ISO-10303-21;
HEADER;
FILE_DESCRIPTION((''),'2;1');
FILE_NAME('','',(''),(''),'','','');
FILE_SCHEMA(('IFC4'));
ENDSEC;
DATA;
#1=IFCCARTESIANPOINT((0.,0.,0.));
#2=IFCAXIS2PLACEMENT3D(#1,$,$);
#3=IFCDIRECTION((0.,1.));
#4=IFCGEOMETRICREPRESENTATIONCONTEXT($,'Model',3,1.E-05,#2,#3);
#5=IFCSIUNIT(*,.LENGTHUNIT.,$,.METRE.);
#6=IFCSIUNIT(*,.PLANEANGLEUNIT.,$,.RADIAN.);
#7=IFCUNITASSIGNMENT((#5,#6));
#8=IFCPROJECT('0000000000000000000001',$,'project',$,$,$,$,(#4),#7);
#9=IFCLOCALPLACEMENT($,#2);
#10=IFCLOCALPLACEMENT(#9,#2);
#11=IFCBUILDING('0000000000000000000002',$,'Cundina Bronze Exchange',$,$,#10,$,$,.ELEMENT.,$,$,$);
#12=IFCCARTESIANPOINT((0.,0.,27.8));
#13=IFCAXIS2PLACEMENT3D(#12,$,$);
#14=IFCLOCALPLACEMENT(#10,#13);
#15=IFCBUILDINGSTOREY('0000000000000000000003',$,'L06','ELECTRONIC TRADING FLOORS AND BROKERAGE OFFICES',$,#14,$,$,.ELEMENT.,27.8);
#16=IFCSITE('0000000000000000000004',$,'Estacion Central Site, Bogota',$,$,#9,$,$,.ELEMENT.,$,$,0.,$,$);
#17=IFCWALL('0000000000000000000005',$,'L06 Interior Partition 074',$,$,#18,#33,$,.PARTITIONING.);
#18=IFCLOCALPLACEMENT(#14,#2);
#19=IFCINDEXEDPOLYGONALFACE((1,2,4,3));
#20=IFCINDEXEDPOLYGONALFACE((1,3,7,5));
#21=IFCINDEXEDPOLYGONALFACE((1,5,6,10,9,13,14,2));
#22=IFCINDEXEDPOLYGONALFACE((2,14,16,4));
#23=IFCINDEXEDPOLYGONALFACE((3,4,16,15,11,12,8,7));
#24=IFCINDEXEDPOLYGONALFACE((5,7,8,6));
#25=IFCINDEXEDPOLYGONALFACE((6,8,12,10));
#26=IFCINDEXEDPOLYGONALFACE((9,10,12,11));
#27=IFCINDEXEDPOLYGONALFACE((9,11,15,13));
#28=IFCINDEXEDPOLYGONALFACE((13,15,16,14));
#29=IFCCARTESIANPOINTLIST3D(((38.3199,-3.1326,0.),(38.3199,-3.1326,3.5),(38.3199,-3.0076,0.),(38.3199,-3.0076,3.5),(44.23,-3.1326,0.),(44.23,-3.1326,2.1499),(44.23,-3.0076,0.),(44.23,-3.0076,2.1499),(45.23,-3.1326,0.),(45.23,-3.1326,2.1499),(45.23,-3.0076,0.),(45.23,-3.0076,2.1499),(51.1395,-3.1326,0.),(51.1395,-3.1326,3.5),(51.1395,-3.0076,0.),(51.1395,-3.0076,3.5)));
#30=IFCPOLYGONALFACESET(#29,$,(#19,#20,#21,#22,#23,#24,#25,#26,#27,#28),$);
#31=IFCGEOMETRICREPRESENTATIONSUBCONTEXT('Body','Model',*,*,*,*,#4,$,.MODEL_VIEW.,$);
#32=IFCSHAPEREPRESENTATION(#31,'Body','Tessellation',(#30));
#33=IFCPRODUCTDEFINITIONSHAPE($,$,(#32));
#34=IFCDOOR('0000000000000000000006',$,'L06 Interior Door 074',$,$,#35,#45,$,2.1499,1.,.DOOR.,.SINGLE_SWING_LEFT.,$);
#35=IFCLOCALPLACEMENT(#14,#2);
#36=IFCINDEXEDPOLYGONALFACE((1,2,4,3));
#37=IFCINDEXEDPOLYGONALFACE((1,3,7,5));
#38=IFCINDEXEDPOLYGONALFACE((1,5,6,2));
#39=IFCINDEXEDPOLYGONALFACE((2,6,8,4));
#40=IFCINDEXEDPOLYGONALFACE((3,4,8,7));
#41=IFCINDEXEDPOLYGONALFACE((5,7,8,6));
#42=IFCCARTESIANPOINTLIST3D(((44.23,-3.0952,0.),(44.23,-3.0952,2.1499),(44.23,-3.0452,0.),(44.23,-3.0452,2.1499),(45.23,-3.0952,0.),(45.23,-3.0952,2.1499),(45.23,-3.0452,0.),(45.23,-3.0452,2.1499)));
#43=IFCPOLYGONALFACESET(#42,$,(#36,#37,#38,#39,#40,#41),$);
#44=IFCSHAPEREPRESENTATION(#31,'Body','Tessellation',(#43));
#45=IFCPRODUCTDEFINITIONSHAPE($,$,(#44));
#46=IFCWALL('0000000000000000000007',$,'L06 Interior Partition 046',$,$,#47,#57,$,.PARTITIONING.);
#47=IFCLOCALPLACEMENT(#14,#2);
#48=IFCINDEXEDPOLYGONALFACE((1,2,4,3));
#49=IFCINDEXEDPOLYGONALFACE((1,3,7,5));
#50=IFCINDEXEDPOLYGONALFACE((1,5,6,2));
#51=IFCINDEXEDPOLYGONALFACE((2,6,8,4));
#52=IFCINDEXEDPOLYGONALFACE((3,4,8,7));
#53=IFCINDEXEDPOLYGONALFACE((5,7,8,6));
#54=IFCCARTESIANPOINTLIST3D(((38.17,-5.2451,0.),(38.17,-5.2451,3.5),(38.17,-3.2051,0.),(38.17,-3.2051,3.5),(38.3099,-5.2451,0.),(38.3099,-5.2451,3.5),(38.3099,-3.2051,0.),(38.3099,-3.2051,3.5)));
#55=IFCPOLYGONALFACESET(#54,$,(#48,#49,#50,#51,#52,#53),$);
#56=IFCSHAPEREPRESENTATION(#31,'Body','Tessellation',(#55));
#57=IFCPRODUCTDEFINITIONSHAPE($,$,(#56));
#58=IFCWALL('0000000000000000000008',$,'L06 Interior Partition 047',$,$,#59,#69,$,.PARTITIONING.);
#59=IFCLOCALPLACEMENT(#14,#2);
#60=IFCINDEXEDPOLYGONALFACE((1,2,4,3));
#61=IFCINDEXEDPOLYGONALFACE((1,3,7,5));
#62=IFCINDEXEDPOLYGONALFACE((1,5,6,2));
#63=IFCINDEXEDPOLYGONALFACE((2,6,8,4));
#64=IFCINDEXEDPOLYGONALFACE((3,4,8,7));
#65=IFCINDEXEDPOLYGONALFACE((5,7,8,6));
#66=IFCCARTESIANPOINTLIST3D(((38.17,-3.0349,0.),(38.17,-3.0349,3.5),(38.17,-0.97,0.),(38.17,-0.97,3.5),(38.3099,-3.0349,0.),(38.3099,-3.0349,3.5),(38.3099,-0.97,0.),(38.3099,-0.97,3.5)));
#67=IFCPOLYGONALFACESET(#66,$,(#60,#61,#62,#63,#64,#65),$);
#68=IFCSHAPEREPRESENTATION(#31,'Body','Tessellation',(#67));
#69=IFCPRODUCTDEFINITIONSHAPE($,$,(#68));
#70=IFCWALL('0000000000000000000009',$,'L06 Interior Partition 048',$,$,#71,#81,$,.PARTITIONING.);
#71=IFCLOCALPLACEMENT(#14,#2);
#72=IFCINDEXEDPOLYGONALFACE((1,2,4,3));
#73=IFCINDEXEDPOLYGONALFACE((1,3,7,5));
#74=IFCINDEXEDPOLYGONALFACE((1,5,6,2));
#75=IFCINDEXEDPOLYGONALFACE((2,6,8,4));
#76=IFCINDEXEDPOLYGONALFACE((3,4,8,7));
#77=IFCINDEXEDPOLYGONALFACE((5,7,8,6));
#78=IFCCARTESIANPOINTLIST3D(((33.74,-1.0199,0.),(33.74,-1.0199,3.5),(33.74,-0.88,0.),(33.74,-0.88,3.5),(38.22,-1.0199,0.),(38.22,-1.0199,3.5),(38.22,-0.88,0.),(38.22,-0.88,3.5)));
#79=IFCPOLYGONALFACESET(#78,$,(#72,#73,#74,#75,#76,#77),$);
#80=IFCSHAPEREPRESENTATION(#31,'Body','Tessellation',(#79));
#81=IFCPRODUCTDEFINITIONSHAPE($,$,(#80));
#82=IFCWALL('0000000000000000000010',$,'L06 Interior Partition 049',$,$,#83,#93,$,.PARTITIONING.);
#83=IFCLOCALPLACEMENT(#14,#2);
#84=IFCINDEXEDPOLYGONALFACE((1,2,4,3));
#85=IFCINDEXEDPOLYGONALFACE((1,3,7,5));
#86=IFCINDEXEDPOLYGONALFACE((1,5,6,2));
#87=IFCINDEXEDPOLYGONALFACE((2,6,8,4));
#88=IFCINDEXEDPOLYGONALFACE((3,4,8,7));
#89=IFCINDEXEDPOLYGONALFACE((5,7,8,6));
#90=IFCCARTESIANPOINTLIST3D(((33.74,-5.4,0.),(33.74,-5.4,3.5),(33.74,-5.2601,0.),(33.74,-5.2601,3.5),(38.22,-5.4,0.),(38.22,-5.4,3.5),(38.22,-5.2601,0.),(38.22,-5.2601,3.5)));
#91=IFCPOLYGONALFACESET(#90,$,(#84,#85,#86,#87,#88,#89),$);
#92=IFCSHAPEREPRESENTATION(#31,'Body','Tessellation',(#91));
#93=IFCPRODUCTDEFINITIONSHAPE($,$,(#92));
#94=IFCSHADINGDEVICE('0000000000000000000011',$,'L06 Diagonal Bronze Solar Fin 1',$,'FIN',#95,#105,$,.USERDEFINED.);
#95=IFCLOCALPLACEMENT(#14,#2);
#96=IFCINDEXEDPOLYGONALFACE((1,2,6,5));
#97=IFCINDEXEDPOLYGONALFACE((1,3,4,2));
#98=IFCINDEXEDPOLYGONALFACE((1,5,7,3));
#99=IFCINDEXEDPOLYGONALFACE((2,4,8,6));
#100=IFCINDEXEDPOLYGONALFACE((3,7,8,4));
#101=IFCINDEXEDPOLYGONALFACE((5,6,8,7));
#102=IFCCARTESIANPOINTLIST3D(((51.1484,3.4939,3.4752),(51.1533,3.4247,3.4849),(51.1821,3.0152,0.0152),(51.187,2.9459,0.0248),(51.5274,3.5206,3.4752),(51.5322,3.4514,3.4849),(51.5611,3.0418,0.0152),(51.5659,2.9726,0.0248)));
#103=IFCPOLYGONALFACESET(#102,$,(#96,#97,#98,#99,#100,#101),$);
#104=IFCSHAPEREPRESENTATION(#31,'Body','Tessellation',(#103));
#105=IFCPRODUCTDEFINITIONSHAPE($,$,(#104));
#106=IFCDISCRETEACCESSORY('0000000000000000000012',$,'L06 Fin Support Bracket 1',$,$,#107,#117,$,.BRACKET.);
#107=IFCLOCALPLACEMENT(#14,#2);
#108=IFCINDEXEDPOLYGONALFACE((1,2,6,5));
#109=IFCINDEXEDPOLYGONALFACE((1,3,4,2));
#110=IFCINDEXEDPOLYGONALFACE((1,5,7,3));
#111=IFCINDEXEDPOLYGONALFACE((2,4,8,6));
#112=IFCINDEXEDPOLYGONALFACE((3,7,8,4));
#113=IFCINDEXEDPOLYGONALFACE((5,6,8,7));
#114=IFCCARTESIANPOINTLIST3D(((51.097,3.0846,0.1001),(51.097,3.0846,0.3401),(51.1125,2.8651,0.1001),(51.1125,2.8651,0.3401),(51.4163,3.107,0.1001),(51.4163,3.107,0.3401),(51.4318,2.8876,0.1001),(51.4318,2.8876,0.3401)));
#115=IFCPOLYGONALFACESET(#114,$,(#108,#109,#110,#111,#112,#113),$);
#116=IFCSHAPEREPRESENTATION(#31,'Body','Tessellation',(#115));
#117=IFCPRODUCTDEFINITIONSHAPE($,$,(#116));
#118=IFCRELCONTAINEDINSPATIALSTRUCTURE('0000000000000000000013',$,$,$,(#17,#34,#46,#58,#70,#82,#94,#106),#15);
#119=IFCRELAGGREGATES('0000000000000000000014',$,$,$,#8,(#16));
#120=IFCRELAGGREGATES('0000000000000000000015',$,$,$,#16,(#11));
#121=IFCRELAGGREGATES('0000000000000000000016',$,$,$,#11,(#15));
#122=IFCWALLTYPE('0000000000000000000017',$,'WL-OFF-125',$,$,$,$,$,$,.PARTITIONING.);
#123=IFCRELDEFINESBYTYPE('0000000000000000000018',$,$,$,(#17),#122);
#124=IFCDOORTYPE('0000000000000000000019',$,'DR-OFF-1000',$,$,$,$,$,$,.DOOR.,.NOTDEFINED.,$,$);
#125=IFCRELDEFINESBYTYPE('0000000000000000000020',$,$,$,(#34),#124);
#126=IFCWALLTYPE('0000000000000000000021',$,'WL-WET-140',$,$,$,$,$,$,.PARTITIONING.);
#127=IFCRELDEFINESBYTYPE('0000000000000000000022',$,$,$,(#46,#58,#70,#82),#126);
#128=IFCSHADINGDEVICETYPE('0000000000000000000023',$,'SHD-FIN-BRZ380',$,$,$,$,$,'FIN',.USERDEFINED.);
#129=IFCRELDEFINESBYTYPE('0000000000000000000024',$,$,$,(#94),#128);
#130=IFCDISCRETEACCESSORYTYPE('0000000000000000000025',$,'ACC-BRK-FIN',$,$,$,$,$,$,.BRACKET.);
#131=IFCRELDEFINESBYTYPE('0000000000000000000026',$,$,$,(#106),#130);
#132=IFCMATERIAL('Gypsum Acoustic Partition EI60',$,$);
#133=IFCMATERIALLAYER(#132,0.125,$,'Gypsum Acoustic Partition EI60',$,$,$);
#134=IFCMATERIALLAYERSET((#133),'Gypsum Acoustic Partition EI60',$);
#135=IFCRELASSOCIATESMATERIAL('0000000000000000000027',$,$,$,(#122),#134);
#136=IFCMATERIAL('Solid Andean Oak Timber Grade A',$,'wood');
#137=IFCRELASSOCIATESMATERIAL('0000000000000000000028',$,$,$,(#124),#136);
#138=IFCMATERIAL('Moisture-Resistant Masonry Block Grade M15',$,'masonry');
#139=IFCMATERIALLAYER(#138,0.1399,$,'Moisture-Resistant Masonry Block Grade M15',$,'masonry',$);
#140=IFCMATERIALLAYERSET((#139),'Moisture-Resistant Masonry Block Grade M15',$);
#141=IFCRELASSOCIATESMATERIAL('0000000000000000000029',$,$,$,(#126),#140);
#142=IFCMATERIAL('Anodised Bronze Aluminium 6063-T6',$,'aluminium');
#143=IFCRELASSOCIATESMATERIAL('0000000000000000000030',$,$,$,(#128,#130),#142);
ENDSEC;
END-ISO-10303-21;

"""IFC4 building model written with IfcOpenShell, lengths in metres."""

from ifc_helpers import new_model, si_unit, direction, frame, frame_2d, origin, origin_2d, place, context, subcontext, project, spatial, rectangle, extrude, material, layer, layer_set, material_profile, profile_set, type_object, element, fill, save


model = new_model("IFC4")

# Units and contexts
model_context = context("Model", 3, precision=1e-05, world=origin(), true_north=direction((0.0, 1.0)))
body_context = subcontext(model_context, "Body", "Model", "MODEL_VIEW")
ifc_project = project(units=[si_unit("LENGTHUNIT", "METRE"), si_unit("PLANEANGLEUNIT", "RADIAN")], contexts=[model_context])

# Site, building, storey
site_placement = place(None, origin())
site = spatial("IfcSite", under=ifc_project, at=site_placement, Name="Estacion Central Site, Bogota", CompositionType="ELEMENT", RefElevation=0.0)
building_placement = place(site_placement, origin())
building = spatial("IfcBuilding", under=site, at=building_placement, Name="Cundina Bronze Exchange", CompositionType="ELEMENT")
storey_placement = place(building_placement, frame((0.0, 0.0, 27.8)))
storey = spatial("IfcBuildingStorey", under=building, at=storey_placement, Name="L06", Description="ELECTRONIC TRADING FLOORS AND BROKERAGE OFFICES", CompositionType="ELEMENT", Elevation=27.8)

# Shared definitions
ifc_material_1 = material(Name="Anodised Bronze Aluminium 6063-T6", Category="aluminium")

# Shared definitions
ifc_material_2 = material(Name="Solid Andean Oak Timber Grade A", Category="wood")

# Wall, opening, door
ifc_material_3 = material(Name="Gypsum Acoustic Partition EI60")
ifc_layer_1 = layer(ifc_material_3, 0.125, Name="Gypsum Acoustic Partition EI60")
ifc_layer_set_1 = layer_set([ifc_layer_1], Name="Gypsum Acoustic Partition EI60")
wall_type_1 = type_object("IfcWallType", Name="WL-OFF-125", PredefinedType="PARTITIONING", material=ifc_layer_set_1)
wall_1_placement = place(storey_placement, frame((38.3201, -3.0701, 0.0), z_axis=(0.0, 0.0, 1.0), x_axis=(1.0, 0.0, 0.0)))
wall_1 = element("IfcWall", 1, at=wall_1_placement, inside=storey, type_object=wall_type_1, Name="L06 Interior Partition 074", PredefinedType="PARTITIONING", context=body_context, shape_type="SweptSolid", body=[
    extrude(rectangle(XDim=12.8196, YDim=0.125, at=frame_2d((6.4097, 0.0))), origin(), (0.0, 0.0, 1.0), 3.5),
])
opening_1_placement = place(wall_1_placement, frame((5.9099, 0.0, 0.0)))
opening_1 = element("IfcOpeningElement", 2, at=opening_1_placement, cuts=wall_1, PredefinedType="OPENING", context=body_context, shape_type="SweptSolid", body=[
    extrude(rectangle(XDim=1.0, YDim=2.1499, at=frame_2d((0.5, 1.075))), frame((0.0, 0.0725, 0.0), z_axis=(0.0, -1.0, 0.0), x_axis=(1.0, 0.0, 0.0)), (0.0, 0.0, 1.0), 0.145),
])
door_type_1 = type_object("IfcDoorType", Name="DR-OFF-1000", OperationType="NOTDEFINED", PredefinedType="DOOR", material=ifc_material_2)
door_1_placement = place(opening_1_placement, origin())
door_1 = element("IfcDoor", 3, at=door_1_placement, inside=storey, type_object=door_type_1, Name="L06 Interior Door 074", OperationType="SINGLE_SWING_LEFT", OverallHeight=2.1499, OverallWidth=1.0, PredefinedType="DOOR", context=body_context, shape_type="SweptSolid", body=[
    extrude(rectangle(XDim=1.0, YDim=2.1499, at=frame_2d((0.5, 1.075))), frame((0.0, 0.0249, 0.0), z_axis=(0.0, -1.0, 0.0), x_axis=(1.0, 0.0, 0.0)), (0.0, 0.0, 1.0), 0.05),
])
fill(opening_1, door_1)

# Walls
ifc_material_4 = material(Name="Moisture-Resistant Masonry Block Grade M15", Category="masonry")
ifc_layer_2 = layer(ifc_material_4, 0.1399, Name="Moisture-Resistant Masonry Block Grade M15", Category="masonry")
ifc_layer_set_2 = layer_set([ifc_layer_2], Name="Moisture-Resistant Masonry Block Grade M15")
wall_type_2 = type_object("IfcWallType", Name="WL-WET-140", PredefinedType="PARTITIONING", material=ifc_layer_set_2)
wall_2_placement = place(storey_placement, frame((38.24, -5.2451, 0.0), z_axis=(0.0, 0.0, 1.0), x_axis=(0.0, 1.0, 0.0)))
element("IfcWall", 4, at=wall_2_placement, inside=storey, type_object=wall_type_2, Name="L06 Interior Partition 046", PredefinedType="PARTITIONING", context=body_context, shape_type="SweptSolid", body=[
    extrude(rectangle(XDim=2.04, YDim=0.1399, at=frame_2d((1.02, 0.0))), origin(), (0.0, 0.0, 1.0), 3.5),
])
wall_3_placement = place(storey_placement, frame((38.24, -3.0349, 0.0), z_axis=(0.0, 0.0, 1.0), x_axis=(0.0, 1.0, 0.0)))
element("IfcWall", 5, at=wall_3_placement, inside=storey, type_object=wall_type_2, Name="L06 Interior Partition 047", PredefinedType="PARTITIONING", context=body_context, shape_type="SweptSolid", body=[
    extrude(rectangle(XDim=2.0649, YDim=0.1399, at=frame_2d((1.0325, 0.0))), origin(), (0.0, 0.0, 1.0), 3.5),
])
for number, where, z_axis, x_axis, name in (
    (6, (33.74, -0.95, 0.0), (0.0, 0.0, 1.0), (1.0, 0.0, 0.0), "L06 Interior Partition 048"),
    (7, (33.74, -5.3301, 0.0), (0.0, 0.0, 1.0), (1.0, 0.0, 0.0), "L06 Interior Partition 049"),
):
    element("IfcWall", number, at=place(storey_placement, frame(where, z_axis=z_axis, x_axis=x_axis)), inside=storey, type_object=wall_type_2, Name=name, PredefinedType="PARTITIONING", context=body_context, shape_type="SweptSolid", body=[
        extrude(rectangle(XDim=4.48, YDim=0.1399, at=frame_2d((2.24, 0.0))), origin(), (0.0, 0.0, 1.0), 3.5),
    ])

# Shading device
ifc_material_profile_1 = material_profile(ifc_material_1, rectangle(XDim=0.0701, YDim=0.3799, at=origin_2d()), Name="FIN70X380", Category="aluminium")
ifc_profile_set_1 = profile_set([ifc_material_profile_1], Name="Anodised Bronze Aluminium 6063-T6")
shading_device_type = type_object("IfcShadingDeviceType", Name="SHD-FIN-BRZ380", ElementType="FIN", PredefinedType="USERDEFINED", material=ifc_profile_set_1)
shading_device_placement = place(storey_placement, frame((51.374, 2.9939, 0.02), z_axis=(-0.009645, 0.137059, 0.990516), x_axis=(0.069533, -0.988072, 0.137398)))
element("IfcShadingDevice", 8, at=shading_device_placement, inside=storey, type_object=shading_device_type, Name="L06 Diagonal Bronze Solar Fin 1", ObjectType="FIN", PredefinedType="USERDEFINED", context=body_context, shape_type="SweptSolid", body=[
    extrude(rectangle(XDim=0.0701, YDim=0.3799, at=origin_2d()), origin(), (0.0, 0.0, 1.0), 3.4932),
])

# Discrete accessory
discrete_accessory_type = type_object("IfcDiscreteAccessoryType", Name="ACC-BRK-FIN", PredefinedType="BRACKET", material=ifc_material_1)
discrete_accessory_placement = place(storey_placement, frame((51.2644, 2.9861, 0.1001), z_axis=(0.0, 0.0, 1.0), x_axis=(-0.070279, 0.997527, 0.0)))
element("IfcDiscreteAccessory", 9, at=discrete_accessory_placement, inside=storey, type_object=discrete_accessory_type, Name="L06 Fin Support Bracket 1", PredefinedType="BRACKET", context=body_context, shape_type="SweptSolid", body=[
    extrude(rectangle(XDim=0.22, YDim=0.3201, at=origin_2d()), origin(), (0.0, 0.0, 1.0), 0.24),
])

save(model, "model.ifc")
